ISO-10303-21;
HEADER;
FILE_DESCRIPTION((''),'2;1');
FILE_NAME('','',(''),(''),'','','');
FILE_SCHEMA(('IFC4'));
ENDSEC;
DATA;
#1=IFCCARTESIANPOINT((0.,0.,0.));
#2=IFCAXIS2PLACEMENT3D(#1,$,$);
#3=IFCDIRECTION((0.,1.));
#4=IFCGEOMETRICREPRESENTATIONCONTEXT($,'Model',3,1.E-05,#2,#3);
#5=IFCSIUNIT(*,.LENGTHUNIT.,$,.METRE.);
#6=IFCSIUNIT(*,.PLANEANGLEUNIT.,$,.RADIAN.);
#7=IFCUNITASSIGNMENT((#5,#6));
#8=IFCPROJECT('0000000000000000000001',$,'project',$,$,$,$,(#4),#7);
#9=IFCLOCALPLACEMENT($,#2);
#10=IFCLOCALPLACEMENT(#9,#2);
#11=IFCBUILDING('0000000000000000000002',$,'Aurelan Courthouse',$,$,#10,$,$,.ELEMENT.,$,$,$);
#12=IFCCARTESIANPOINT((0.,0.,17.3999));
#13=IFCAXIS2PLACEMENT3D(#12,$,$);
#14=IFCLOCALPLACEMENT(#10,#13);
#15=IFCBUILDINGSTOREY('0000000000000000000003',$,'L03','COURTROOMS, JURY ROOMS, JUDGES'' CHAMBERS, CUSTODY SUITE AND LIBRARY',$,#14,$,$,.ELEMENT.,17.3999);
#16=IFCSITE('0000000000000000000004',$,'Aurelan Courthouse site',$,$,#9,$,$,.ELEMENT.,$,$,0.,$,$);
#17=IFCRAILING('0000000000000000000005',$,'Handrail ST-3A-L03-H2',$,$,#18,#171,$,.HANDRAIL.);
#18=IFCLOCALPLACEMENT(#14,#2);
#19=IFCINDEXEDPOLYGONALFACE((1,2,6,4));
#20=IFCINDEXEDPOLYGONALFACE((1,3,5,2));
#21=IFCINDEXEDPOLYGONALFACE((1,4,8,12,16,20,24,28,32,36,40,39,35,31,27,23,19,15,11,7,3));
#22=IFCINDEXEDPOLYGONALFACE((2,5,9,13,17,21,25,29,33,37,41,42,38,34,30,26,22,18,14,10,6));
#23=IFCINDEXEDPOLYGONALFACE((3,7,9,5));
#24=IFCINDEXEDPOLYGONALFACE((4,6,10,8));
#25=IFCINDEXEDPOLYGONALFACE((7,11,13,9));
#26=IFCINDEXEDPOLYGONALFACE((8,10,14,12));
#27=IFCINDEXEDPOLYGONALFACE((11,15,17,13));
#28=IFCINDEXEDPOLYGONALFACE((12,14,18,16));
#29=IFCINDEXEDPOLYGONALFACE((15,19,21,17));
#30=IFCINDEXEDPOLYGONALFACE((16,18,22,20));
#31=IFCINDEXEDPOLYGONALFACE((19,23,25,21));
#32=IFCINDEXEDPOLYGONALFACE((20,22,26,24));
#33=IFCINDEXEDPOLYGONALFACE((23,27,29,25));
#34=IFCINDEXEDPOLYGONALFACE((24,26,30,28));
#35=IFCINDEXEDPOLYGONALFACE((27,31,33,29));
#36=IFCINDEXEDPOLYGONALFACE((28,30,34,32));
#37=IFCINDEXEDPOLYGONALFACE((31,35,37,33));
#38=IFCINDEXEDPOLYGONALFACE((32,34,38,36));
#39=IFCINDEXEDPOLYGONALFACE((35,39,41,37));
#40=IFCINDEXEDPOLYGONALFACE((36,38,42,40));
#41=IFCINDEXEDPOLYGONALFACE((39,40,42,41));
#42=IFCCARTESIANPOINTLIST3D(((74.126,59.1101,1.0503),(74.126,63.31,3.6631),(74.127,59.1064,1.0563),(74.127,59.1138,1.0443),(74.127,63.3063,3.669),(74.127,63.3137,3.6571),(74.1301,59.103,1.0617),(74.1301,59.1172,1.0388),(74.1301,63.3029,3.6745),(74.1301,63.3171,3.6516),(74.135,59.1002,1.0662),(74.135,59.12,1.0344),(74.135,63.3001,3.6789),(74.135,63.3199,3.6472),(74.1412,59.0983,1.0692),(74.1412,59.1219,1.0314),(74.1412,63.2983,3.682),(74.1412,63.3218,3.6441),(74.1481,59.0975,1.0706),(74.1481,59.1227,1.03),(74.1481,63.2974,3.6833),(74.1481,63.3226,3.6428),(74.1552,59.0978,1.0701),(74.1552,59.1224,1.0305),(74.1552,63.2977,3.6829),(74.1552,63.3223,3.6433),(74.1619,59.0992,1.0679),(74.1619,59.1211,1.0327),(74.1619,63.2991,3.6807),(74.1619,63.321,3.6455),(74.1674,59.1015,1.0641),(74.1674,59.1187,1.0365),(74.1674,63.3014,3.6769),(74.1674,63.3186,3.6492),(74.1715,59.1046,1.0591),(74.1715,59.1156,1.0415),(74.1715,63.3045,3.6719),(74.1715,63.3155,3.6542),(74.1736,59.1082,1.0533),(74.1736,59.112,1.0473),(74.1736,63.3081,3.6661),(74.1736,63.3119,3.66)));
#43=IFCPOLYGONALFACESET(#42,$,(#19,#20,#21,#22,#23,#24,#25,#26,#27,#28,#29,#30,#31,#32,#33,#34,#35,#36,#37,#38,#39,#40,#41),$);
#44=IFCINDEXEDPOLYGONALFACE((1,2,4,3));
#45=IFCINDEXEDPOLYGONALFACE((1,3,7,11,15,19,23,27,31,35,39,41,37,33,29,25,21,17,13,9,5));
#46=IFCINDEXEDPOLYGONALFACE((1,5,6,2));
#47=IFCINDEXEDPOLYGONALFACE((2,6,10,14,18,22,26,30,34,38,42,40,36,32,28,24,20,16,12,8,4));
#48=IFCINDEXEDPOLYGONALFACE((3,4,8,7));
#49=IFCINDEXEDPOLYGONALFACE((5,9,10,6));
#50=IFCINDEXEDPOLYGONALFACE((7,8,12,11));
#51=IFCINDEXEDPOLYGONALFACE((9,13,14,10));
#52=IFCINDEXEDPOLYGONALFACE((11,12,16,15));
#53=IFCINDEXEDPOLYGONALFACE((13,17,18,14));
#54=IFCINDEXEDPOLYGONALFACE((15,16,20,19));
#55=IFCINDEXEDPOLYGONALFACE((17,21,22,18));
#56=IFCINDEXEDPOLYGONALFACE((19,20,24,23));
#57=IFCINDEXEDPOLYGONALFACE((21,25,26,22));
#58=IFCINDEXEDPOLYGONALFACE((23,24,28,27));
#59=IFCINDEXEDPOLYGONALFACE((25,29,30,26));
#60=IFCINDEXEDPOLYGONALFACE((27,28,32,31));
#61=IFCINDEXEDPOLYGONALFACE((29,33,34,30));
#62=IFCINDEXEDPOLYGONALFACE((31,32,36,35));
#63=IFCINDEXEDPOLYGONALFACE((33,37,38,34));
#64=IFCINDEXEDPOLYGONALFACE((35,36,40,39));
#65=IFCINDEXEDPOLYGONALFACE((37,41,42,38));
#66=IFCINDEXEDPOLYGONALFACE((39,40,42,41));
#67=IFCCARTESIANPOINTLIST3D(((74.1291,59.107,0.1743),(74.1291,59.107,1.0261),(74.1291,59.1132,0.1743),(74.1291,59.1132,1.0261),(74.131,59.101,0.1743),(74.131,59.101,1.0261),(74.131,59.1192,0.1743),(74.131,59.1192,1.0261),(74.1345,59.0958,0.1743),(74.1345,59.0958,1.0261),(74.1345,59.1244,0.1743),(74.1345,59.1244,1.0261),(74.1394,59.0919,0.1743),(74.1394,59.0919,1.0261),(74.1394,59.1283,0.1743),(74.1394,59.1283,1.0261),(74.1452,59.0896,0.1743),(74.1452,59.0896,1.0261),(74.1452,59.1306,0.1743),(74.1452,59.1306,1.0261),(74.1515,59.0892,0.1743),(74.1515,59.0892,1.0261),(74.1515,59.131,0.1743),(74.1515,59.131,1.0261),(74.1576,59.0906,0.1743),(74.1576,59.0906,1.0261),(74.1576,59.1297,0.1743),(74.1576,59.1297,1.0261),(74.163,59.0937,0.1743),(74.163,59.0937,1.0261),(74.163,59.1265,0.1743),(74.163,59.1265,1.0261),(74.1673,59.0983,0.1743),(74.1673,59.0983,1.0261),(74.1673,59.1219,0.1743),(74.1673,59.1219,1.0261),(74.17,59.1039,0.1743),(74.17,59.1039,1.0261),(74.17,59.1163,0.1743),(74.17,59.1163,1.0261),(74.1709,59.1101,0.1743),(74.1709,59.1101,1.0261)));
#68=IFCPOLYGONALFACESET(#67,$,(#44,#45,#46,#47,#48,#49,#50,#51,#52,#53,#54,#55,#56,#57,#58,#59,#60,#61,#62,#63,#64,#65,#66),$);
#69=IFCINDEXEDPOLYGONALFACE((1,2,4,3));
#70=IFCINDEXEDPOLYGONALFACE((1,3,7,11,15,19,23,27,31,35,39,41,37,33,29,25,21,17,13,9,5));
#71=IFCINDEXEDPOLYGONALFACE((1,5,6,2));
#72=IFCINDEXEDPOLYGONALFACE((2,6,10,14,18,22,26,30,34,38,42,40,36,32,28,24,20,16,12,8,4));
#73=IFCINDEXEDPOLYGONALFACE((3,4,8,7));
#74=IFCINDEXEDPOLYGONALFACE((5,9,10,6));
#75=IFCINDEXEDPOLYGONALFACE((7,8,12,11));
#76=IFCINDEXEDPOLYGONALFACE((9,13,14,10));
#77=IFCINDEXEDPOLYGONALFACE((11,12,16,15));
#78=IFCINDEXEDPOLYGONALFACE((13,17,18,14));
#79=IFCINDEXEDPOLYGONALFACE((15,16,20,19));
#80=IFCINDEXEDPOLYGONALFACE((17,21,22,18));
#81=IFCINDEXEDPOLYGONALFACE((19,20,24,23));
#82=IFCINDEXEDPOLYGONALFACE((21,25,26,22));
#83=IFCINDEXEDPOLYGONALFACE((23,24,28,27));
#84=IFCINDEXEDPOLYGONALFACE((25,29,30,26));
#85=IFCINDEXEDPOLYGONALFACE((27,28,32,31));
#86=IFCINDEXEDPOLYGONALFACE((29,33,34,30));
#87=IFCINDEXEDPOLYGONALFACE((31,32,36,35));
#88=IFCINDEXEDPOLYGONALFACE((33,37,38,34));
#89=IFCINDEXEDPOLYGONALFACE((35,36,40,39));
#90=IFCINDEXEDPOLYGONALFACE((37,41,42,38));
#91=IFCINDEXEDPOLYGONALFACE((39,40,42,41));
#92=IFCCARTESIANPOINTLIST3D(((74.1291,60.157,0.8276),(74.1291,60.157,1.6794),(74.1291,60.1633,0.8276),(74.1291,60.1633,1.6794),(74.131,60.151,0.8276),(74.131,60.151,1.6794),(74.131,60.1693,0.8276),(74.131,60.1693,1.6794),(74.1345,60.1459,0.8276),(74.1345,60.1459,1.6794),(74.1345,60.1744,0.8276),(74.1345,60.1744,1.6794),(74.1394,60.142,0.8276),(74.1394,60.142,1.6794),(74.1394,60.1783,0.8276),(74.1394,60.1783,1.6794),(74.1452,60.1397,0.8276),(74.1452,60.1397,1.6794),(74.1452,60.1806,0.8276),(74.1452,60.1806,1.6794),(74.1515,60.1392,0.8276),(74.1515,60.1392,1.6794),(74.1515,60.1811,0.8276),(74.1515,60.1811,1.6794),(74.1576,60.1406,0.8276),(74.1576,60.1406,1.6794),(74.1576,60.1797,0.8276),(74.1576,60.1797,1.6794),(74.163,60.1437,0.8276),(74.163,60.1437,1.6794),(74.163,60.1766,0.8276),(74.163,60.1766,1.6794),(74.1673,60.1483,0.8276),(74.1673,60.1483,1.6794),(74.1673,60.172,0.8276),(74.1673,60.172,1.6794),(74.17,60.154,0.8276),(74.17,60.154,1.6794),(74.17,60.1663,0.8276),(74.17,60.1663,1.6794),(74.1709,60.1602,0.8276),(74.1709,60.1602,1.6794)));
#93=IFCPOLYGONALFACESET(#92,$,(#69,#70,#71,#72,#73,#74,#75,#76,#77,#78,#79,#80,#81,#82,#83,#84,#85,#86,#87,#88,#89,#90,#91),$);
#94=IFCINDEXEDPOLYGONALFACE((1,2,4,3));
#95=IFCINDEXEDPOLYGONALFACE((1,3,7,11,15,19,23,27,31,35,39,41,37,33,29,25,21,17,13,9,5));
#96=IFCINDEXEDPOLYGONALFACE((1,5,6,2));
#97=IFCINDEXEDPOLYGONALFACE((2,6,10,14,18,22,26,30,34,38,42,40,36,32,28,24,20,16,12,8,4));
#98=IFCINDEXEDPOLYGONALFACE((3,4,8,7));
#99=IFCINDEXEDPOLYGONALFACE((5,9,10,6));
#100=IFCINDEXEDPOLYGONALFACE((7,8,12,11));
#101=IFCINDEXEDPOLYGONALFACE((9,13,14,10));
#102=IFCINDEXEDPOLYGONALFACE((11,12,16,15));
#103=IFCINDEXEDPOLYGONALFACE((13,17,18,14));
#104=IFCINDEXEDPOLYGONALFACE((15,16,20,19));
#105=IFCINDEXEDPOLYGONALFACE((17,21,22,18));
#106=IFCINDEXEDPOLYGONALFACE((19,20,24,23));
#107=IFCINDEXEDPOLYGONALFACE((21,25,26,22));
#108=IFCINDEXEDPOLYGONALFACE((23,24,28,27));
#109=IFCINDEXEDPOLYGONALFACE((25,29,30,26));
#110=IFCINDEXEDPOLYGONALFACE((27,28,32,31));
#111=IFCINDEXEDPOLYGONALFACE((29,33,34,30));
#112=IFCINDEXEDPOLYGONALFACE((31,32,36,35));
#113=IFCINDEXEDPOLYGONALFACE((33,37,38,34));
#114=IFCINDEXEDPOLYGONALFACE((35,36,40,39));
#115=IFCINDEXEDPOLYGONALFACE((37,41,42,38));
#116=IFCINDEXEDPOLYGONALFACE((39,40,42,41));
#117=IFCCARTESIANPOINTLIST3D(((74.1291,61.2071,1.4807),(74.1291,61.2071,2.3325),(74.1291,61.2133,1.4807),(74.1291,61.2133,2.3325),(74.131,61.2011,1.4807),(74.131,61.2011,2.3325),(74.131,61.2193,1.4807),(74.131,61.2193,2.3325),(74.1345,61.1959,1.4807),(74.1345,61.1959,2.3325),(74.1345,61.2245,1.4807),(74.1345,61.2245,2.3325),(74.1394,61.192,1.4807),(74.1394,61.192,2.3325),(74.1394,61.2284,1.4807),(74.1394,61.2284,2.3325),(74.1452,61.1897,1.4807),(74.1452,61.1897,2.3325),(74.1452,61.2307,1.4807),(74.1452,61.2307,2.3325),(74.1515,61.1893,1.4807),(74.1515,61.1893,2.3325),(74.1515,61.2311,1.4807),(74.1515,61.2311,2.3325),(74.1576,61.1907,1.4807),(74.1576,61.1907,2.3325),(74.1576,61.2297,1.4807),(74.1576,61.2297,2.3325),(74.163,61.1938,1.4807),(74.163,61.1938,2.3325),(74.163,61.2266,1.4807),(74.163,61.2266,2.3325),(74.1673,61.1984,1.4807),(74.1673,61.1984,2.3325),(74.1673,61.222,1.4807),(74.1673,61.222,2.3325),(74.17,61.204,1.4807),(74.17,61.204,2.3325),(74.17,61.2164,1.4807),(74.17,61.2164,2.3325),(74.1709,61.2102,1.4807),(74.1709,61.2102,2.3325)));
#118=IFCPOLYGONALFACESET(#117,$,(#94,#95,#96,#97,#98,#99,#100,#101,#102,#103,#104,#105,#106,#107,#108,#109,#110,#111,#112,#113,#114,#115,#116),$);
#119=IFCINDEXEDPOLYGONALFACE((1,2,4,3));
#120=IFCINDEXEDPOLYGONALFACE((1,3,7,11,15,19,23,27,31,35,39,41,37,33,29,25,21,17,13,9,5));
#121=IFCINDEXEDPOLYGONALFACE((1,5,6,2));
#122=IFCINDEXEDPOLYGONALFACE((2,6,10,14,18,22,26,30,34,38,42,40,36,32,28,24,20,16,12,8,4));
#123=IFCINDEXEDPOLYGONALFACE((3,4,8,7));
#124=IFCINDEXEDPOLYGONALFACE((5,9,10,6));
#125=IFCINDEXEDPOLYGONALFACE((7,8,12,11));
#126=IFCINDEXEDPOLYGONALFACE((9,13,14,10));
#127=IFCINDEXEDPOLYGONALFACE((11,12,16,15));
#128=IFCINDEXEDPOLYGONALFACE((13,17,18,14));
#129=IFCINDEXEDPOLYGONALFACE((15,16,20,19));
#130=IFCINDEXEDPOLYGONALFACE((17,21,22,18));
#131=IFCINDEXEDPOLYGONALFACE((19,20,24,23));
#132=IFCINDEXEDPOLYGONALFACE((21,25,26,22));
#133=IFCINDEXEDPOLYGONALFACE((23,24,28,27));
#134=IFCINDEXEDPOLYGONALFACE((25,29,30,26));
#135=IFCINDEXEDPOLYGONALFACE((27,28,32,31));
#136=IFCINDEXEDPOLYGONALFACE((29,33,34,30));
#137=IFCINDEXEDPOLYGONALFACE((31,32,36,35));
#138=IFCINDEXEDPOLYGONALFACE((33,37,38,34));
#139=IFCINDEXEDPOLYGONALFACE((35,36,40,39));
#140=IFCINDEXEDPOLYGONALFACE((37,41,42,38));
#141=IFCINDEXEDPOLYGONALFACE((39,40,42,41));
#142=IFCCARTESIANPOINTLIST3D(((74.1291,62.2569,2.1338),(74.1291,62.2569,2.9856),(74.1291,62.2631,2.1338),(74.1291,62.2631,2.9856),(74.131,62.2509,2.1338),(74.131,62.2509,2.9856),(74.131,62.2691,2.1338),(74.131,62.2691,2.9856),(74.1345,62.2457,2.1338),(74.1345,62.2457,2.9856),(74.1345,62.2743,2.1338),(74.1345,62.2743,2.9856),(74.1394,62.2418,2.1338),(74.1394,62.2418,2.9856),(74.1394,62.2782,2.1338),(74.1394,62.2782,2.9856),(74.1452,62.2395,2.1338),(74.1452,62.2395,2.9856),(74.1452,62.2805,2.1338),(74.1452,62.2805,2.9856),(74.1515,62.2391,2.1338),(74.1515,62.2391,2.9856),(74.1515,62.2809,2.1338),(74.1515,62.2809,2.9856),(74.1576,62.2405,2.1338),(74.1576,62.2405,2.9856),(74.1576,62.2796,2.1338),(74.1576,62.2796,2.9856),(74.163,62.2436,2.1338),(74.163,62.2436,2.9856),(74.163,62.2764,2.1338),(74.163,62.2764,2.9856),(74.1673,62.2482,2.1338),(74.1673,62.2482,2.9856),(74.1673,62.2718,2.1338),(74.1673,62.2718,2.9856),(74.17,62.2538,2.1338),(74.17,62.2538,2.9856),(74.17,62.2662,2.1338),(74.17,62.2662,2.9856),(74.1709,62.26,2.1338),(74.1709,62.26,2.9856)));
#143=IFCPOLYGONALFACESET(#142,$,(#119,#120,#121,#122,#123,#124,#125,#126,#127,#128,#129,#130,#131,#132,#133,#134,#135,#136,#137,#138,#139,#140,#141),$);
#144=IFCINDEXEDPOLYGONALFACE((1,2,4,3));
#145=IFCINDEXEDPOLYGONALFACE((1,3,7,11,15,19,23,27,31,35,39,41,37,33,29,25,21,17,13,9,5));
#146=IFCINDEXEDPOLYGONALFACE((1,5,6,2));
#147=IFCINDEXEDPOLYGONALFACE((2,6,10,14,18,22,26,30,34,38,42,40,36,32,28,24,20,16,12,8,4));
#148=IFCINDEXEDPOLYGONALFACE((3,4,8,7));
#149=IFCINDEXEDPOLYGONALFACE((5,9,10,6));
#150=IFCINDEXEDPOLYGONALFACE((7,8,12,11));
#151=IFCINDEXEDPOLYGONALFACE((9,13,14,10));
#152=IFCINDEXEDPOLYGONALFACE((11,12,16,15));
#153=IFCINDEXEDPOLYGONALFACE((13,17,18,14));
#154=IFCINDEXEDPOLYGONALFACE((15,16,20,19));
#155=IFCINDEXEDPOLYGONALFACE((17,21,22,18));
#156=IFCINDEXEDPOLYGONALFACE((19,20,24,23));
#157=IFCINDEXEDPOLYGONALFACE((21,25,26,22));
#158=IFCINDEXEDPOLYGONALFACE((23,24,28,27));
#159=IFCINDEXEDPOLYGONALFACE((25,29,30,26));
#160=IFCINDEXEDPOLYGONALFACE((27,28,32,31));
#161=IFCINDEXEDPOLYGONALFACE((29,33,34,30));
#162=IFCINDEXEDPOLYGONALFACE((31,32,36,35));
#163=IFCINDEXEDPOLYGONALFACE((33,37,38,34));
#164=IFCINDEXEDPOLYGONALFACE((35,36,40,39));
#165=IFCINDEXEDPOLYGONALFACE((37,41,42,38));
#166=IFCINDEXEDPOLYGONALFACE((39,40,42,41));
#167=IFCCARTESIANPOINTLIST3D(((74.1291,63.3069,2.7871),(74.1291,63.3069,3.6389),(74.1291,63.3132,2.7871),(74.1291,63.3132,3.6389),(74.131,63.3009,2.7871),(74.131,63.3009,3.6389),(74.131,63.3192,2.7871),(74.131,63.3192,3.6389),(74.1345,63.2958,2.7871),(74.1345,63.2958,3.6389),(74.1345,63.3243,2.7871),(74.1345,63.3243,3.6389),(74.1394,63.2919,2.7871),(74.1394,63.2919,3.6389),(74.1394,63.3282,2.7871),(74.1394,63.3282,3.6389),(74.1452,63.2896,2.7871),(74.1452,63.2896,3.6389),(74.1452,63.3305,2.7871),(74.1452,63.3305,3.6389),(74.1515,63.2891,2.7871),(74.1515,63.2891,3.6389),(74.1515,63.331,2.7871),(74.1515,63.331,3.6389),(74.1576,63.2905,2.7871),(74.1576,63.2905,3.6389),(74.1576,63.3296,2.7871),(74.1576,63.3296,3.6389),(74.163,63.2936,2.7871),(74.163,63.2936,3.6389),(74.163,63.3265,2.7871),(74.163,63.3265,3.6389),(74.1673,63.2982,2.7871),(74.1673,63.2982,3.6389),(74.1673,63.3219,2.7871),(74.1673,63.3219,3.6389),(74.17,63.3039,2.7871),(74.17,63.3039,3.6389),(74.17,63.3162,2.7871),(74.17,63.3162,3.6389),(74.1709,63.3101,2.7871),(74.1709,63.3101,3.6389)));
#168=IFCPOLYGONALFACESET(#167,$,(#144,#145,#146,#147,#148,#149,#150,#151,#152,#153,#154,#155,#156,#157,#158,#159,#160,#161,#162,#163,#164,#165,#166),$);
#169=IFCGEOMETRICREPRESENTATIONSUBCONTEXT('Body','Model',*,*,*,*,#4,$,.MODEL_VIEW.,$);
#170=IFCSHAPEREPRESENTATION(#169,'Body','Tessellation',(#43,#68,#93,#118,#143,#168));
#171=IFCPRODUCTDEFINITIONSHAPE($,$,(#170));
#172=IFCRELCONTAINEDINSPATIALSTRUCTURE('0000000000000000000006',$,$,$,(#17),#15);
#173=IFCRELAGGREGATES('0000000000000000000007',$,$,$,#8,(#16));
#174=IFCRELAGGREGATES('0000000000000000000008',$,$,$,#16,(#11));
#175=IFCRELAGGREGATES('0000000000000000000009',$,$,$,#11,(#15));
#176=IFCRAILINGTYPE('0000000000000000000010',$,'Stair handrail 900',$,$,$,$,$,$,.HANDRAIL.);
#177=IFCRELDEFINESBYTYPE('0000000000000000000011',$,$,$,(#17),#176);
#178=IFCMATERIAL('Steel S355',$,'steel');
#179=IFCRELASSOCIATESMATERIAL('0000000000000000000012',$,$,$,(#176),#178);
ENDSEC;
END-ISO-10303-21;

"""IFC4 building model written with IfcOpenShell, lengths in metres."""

from ifc_helpers import new_model, si_unit, direction, frame, origin, origin_2d, place, context, subcontext, project, spatial, circle, extrude, material, type_object, element, save


model = new_model("IFC4")

# Units and contexts
model_context = context("Model", 3, precision=1e-05, world=origin(), true_north=direction((0.0, 1.0)))
body_context = subcontext(model_context, "Body", "Model", "MODEL_VIEW")
ifc_project = project(units=[si_unit("LENGTHUNIT", "METRE"), si_unit("PLANEANGLEUNIT", "RADIAN")], contexts=[model_context])

# Site, building, storey
site_placement = place(None, origin())
site = spatial("IfcSite", under=ifc_project, at=site_placement, Name="Aurelan Courthouse site", CompositionType="ELEMENT", RefElevation=0.0)
building_placement = place(site_placement, origin())
building = spatial("IfcBuilding", under=site, at=building_placement, Name="Aurelan Courthouse", CompositionType="ELEMENT")
storey_placement = place(building_placement, frame((0.0, 0.0, 17.3999)))
storey = spatial("IfcBuildingStorey", under=building, at=storey_placement, Name="L03", Description="COURTROOMS, JURY ROOMS, JUDGES' CHAMBERS, CUSTODY SUITE AND LIBRARY", CompositionType="ELEMENT", Elevation=17.3999)

# Railing
ifc_material_1 = material(Name="Steel S355", Category="steel")
railing_type_1 = type_object("IfcRailingType", Name="Stair handrail 900", PredefinedType="HANDRAIL", material=ifc_material_1)
for number, where, name in (
    (1, (74.1499, 59.1101, 0.1743), "Handrail ST-3A-L03-H2"),
):
    element("IfcRailing", number, at=place(storey_placement, frame(where)), inside=storey, type_object=railing_type_1, Name=name, PredefinedType="HANDRAIL", context=body_context, shape_type="SweptSolid", body=[
        extrude(circle(Radius=0.0239, at=origin_2d()), frame((0.0, 0.0, 0.876), z_axis=(0.0, 0.849103, 0.528228), x_axis=(-1.0, 0.0, 0.0)), (0.0, 0.0, 1.0), 4.9463),
        extrude(circle(Radius=0.021, at=origin_2d()), origin(), (0.0, 0.0, 1.0), 0.8518),
        extrude(circle(Radius=0.021, at=origin_2d()), frame((0.0, 1.05, 0.6533)), (0.0, 0.0, 1.0), 0.8518),
        extrude(circle(Radius=0.021, at=origin_2d()), frame((0.0, 2.1001, 1.3064)), (0.0, 0.0, 1.0), 0.8518),
        extrude(circle(Radius=0.021, at=origin_2d()), frame((0.0, 3.1499, 1.9595)), (0.0, 0.0, 1.0), 0.8518),
        extrude(circle(Radius=0.021, at=origin_2d()), frame((0.0, 4.2, 2.6128)), (0.0, 0.0, 1.0), 0.8518),
    ])

save(model, "model.ifc")
